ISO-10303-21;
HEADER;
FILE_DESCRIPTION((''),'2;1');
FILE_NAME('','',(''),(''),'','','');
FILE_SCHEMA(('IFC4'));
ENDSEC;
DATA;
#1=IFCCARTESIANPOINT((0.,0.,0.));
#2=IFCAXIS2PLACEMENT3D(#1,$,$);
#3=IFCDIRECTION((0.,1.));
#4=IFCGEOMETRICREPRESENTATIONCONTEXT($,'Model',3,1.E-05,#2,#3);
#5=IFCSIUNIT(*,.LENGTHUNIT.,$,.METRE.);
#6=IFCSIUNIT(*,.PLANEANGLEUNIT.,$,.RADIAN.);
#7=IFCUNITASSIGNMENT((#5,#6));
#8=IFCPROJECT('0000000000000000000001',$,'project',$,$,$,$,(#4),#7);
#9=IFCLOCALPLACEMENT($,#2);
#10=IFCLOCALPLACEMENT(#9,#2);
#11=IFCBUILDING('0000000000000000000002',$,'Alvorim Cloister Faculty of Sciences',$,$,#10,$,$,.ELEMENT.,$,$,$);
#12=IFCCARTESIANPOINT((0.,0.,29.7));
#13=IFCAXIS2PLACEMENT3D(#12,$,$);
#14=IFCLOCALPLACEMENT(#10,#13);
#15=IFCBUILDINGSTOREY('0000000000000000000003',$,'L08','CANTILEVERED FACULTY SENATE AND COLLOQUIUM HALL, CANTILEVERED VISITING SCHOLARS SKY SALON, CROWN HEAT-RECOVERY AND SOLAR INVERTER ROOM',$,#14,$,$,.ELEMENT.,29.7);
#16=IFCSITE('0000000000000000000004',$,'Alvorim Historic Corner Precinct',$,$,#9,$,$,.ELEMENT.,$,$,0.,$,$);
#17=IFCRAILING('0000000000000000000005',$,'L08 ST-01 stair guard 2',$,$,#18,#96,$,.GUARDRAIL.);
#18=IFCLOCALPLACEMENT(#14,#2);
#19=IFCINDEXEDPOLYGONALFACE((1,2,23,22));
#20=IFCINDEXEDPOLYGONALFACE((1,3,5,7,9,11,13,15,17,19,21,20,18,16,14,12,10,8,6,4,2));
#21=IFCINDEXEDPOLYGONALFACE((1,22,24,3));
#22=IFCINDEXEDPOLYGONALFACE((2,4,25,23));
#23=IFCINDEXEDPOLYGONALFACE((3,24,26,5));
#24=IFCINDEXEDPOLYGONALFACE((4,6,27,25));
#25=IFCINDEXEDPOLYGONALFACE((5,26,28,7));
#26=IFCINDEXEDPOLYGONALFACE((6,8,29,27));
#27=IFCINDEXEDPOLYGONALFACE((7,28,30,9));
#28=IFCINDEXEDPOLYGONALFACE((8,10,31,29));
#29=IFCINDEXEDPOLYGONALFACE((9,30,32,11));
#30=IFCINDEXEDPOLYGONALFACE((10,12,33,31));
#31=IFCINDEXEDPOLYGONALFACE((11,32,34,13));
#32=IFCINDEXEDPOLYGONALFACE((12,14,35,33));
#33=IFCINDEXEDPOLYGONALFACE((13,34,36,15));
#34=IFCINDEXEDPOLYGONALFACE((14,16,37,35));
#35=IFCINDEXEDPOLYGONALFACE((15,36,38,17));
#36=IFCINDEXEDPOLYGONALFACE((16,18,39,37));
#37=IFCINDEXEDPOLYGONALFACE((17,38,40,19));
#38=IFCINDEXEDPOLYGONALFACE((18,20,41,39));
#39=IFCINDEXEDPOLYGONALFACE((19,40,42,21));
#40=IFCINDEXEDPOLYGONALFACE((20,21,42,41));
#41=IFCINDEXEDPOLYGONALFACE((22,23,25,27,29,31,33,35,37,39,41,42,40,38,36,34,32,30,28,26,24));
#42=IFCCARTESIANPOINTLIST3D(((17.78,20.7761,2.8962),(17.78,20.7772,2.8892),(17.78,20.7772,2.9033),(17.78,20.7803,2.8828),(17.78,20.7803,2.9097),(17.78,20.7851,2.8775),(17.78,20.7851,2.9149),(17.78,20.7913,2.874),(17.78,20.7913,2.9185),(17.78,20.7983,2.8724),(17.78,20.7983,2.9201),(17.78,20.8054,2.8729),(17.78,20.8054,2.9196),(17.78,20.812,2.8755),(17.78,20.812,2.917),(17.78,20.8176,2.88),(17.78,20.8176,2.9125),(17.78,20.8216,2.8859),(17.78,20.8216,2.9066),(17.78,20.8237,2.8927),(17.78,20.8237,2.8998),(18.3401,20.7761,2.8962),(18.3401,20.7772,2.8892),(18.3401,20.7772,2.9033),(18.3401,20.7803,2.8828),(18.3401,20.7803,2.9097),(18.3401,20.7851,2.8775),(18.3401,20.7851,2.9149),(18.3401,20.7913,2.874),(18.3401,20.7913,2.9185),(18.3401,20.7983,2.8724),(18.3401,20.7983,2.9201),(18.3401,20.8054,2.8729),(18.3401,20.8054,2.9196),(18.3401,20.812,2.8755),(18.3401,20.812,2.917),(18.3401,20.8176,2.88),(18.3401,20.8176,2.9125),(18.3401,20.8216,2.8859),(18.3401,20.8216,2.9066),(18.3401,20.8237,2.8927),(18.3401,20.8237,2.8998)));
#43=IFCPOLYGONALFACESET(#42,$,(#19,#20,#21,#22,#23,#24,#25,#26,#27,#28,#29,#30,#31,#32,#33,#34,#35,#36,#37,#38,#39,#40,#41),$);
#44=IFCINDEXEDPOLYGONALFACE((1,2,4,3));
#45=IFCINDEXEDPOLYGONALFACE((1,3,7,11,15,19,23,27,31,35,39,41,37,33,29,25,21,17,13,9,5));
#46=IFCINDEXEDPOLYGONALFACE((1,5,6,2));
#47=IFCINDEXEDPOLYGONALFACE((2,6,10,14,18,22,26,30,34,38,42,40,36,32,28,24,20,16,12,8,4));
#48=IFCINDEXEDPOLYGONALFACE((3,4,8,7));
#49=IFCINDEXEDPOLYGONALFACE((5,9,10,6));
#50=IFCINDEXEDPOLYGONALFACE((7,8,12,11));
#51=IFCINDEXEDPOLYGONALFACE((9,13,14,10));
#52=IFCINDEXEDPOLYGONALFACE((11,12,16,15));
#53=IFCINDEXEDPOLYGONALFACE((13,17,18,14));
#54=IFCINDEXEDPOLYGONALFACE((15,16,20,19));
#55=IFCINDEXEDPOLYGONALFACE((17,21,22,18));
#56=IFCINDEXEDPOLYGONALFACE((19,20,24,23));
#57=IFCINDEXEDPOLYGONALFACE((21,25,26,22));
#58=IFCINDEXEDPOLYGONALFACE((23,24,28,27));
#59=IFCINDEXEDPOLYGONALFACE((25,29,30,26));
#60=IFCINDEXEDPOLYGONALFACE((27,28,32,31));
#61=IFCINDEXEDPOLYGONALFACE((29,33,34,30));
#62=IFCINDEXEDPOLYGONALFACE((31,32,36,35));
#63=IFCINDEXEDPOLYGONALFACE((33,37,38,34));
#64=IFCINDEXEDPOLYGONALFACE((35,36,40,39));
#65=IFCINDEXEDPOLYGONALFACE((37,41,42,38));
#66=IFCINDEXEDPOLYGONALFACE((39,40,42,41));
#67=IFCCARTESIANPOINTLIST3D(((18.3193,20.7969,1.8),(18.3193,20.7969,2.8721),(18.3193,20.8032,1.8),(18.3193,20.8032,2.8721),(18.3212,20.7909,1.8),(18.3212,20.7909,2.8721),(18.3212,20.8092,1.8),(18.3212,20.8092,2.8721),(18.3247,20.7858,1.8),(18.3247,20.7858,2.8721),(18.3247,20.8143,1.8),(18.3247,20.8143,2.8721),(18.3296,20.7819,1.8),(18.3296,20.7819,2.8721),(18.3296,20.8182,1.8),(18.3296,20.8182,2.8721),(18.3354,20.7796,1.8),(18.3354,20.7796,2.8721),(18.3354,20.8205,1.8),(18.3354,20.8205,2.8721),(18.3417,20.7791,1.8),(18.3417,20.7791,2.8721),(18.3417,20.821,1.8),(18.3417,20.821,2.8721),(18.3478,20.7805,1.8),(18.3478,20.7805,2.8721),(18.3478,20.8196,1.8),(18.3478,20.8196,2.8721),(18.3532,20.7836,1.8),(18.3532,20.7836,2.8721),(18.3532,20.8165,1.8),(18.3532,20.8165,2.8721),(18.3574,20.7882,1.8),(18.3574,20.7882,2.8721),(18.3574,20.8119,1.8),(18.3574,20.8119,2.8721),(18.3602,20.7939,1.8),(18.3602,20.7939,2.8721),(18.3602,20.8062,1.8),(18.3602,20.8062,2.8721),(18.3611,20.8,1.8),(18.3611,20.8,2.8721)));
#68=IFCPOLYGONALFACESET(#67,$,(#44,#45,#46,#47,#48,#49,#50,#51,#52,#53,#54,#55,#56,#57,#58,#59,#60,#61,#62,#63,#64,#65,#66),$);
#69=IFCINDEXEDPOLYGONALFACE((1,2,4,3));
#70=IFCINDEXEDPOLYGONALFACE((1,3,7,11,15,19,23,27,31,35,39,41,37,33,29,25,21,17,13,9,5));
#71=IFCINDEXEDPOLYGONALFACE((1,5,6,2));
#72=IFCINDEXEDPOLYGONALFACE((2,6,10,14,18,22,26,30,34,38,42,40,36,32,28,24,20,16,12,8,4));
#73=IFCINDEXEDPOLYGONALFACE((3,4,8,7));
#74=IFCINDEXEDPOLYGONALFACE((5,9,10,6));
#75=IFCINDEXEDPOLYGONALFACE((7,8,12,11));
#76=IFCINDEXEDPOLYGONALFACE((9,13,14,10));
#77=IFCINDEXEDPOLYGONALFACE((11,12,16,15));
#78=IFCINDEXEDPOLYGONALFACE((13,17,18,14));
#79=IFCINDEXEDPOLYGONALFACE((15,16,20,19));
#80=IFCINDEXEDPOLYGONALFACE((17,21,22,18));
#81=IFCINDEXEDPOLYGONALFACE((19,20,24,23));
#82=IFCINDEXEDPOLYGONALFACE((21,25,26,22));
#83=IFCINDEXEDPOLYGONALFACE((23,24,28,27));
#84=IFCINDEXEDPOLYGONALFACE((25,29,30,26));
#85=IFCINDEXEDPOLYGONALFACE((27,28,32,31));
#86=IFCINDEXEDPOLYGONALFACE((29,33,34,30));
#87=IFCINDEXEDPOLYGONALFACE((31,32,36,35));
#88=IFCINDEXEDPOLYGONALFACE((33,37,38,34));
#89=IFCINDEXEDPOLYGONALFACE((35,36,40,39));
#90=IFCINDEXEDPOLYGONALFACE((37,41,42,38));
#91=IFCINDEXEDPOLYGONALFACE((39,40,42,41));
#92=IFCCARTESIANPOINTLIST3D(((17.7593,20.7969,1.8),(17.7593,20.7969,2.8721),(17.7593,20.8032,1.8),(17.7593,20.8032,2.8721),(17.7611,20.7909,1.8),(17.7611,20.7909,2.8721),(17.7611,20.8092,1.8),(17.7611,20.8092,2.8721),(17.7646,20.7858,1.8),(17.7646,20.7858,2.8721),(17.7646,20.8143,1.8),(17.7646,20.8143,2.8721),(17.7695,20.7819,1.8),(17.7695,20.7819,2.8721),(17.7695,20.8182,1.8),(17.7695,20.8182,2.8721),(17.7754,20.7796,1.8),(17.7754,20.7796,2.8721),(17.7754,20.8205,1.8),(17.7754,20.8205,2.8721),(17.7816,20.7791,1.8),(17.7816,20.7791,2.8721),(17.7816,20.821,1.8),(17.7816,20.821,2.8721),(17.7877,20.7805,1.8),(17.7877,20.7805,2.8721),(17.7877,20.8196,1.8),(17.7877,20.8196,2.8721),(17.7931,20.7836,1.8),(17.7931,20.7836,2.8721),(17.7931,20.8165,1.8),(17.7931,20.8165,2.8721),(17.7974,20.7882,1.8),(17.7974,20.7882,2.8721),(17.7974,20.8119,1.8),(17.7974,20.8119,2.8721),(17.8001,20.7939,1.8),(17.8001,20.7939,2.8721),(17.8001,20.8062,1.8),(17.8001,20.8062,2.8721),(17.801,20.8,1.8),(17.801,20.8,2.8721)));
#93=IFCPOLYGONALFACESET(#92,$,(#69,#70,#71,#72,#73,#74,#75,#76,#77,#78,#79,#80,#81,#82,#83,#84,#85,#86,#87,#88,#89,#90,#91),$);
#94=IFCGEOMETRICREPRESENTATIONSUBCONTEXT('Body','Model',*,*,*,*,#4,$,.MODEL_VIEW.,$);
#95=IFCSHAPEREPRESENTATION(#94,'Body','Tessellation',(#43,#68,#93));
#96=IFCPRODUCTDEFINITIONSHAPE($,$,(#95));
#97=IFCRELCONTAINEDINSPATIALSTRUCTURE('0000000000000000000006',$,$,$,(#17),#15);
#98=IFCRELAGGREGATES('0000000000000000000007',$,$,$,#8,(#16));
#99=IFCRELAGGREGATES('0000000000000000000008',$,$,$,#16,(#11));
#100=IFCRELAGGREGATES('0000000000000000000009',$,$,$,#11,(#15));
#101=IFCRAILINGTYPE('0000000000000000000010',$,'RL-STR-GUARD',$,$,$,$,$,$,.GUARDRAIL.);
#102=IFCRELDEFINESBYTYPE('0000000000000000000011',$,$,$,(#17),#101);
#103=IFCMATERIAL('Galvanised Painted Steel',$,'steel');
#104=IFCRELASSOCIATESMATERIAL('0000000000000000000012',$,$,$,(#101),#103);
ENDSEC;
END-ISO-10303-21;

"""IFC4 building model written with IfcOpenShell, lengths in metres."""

from ifc_helpers import new_model, si_unit, direction, frame, origin, origin_2d, place, context, subcontext, project, spatial, circle, extrude, material, type_object, element, save


model = new_model("IFC4")

# Units and contexts
model_context = context("Model", 3, precision=1e-05, world=origin(), true_north=direction((0.0, 1.0)))
body_context = subcontext(model_context, "Body", "Model", "MODEL_VIEW")
ifc_project = project(units=[si_unit("LENGTHUNIT", "METRE"), si_unit("PLANEANGLEUNIT", "RADIAN")], contexts=[model_context])

# Site, building, storey
site_placement = place(None, origin())
site = spatial("IfcSite", under=ifc_project, at=site_placement, Name="Alvorim Historic Corner Precinct", CompositionType="ELEMENT", RefElevation=0.0)
building_placement = place(site_placement, origin())
building = spatial("IfcBuilding", under=site, at=building_placement, Name="Alvorim Cloister Faculty of Sciences", CompositionType="ELEMENT")
storey_placement = place(building_placement, frame((0.0, 0.0, 29.7)))
storey = spatial("IfcBuildingStorey", under=building, at=storey_placement, Name="L08", Description="CANTILEVERED FACULTY SENATE AND COLLOQUIUM HALL, CANTILEVERED VISITING SCHOLARS SKY SALON, CROWN HEAT-RECOVERY AND SOLAR INVERTER ROOM", CompositionType="ELEMENT", Elevation=29.7)

# Railing
ifc_material_1 = material(Name="Galvanised Painted Steel", Category="steel")
railing_type_1 = type_object("IfcRailingType", Name="RL-STR-GUARD", PredefinedType="GUARDRAIL", material=ifc_material_1)
railing_1_placement = place(storey_placement, frame((18.3401, 20.8, 1.8)))
element("IfcRailing", 1, at=railing_1_placement, inside=storey, type_object=railing_type_1, Name="L08 ST-01 stair guard 2", PredefinedType="GUARDRAIL", context=body_context, shape_type="SweptSolid", body=[
    extrude(circle(Radius=0.0239, at=origin_2d()), frame((0.0, 0.0, 1.0962), z_axis=(-1.0, 0.0, 0.0), x_axis=(0.0, -1.0, 0.0)), (0.0, 0.0, 1.0), 0.5601),
    extrude(circle(Radius=0.021, at=origin_2d()), origin(), (0.0, 0.0, 1.0), 1.072),
    extrude(circle(Radius=0.021, at=origin_2d()), frame((-0.5601, 0.0, 0.0)), (0.0, 0.0, 1.0), 1.072),
])

save(model, "model.ifc")
